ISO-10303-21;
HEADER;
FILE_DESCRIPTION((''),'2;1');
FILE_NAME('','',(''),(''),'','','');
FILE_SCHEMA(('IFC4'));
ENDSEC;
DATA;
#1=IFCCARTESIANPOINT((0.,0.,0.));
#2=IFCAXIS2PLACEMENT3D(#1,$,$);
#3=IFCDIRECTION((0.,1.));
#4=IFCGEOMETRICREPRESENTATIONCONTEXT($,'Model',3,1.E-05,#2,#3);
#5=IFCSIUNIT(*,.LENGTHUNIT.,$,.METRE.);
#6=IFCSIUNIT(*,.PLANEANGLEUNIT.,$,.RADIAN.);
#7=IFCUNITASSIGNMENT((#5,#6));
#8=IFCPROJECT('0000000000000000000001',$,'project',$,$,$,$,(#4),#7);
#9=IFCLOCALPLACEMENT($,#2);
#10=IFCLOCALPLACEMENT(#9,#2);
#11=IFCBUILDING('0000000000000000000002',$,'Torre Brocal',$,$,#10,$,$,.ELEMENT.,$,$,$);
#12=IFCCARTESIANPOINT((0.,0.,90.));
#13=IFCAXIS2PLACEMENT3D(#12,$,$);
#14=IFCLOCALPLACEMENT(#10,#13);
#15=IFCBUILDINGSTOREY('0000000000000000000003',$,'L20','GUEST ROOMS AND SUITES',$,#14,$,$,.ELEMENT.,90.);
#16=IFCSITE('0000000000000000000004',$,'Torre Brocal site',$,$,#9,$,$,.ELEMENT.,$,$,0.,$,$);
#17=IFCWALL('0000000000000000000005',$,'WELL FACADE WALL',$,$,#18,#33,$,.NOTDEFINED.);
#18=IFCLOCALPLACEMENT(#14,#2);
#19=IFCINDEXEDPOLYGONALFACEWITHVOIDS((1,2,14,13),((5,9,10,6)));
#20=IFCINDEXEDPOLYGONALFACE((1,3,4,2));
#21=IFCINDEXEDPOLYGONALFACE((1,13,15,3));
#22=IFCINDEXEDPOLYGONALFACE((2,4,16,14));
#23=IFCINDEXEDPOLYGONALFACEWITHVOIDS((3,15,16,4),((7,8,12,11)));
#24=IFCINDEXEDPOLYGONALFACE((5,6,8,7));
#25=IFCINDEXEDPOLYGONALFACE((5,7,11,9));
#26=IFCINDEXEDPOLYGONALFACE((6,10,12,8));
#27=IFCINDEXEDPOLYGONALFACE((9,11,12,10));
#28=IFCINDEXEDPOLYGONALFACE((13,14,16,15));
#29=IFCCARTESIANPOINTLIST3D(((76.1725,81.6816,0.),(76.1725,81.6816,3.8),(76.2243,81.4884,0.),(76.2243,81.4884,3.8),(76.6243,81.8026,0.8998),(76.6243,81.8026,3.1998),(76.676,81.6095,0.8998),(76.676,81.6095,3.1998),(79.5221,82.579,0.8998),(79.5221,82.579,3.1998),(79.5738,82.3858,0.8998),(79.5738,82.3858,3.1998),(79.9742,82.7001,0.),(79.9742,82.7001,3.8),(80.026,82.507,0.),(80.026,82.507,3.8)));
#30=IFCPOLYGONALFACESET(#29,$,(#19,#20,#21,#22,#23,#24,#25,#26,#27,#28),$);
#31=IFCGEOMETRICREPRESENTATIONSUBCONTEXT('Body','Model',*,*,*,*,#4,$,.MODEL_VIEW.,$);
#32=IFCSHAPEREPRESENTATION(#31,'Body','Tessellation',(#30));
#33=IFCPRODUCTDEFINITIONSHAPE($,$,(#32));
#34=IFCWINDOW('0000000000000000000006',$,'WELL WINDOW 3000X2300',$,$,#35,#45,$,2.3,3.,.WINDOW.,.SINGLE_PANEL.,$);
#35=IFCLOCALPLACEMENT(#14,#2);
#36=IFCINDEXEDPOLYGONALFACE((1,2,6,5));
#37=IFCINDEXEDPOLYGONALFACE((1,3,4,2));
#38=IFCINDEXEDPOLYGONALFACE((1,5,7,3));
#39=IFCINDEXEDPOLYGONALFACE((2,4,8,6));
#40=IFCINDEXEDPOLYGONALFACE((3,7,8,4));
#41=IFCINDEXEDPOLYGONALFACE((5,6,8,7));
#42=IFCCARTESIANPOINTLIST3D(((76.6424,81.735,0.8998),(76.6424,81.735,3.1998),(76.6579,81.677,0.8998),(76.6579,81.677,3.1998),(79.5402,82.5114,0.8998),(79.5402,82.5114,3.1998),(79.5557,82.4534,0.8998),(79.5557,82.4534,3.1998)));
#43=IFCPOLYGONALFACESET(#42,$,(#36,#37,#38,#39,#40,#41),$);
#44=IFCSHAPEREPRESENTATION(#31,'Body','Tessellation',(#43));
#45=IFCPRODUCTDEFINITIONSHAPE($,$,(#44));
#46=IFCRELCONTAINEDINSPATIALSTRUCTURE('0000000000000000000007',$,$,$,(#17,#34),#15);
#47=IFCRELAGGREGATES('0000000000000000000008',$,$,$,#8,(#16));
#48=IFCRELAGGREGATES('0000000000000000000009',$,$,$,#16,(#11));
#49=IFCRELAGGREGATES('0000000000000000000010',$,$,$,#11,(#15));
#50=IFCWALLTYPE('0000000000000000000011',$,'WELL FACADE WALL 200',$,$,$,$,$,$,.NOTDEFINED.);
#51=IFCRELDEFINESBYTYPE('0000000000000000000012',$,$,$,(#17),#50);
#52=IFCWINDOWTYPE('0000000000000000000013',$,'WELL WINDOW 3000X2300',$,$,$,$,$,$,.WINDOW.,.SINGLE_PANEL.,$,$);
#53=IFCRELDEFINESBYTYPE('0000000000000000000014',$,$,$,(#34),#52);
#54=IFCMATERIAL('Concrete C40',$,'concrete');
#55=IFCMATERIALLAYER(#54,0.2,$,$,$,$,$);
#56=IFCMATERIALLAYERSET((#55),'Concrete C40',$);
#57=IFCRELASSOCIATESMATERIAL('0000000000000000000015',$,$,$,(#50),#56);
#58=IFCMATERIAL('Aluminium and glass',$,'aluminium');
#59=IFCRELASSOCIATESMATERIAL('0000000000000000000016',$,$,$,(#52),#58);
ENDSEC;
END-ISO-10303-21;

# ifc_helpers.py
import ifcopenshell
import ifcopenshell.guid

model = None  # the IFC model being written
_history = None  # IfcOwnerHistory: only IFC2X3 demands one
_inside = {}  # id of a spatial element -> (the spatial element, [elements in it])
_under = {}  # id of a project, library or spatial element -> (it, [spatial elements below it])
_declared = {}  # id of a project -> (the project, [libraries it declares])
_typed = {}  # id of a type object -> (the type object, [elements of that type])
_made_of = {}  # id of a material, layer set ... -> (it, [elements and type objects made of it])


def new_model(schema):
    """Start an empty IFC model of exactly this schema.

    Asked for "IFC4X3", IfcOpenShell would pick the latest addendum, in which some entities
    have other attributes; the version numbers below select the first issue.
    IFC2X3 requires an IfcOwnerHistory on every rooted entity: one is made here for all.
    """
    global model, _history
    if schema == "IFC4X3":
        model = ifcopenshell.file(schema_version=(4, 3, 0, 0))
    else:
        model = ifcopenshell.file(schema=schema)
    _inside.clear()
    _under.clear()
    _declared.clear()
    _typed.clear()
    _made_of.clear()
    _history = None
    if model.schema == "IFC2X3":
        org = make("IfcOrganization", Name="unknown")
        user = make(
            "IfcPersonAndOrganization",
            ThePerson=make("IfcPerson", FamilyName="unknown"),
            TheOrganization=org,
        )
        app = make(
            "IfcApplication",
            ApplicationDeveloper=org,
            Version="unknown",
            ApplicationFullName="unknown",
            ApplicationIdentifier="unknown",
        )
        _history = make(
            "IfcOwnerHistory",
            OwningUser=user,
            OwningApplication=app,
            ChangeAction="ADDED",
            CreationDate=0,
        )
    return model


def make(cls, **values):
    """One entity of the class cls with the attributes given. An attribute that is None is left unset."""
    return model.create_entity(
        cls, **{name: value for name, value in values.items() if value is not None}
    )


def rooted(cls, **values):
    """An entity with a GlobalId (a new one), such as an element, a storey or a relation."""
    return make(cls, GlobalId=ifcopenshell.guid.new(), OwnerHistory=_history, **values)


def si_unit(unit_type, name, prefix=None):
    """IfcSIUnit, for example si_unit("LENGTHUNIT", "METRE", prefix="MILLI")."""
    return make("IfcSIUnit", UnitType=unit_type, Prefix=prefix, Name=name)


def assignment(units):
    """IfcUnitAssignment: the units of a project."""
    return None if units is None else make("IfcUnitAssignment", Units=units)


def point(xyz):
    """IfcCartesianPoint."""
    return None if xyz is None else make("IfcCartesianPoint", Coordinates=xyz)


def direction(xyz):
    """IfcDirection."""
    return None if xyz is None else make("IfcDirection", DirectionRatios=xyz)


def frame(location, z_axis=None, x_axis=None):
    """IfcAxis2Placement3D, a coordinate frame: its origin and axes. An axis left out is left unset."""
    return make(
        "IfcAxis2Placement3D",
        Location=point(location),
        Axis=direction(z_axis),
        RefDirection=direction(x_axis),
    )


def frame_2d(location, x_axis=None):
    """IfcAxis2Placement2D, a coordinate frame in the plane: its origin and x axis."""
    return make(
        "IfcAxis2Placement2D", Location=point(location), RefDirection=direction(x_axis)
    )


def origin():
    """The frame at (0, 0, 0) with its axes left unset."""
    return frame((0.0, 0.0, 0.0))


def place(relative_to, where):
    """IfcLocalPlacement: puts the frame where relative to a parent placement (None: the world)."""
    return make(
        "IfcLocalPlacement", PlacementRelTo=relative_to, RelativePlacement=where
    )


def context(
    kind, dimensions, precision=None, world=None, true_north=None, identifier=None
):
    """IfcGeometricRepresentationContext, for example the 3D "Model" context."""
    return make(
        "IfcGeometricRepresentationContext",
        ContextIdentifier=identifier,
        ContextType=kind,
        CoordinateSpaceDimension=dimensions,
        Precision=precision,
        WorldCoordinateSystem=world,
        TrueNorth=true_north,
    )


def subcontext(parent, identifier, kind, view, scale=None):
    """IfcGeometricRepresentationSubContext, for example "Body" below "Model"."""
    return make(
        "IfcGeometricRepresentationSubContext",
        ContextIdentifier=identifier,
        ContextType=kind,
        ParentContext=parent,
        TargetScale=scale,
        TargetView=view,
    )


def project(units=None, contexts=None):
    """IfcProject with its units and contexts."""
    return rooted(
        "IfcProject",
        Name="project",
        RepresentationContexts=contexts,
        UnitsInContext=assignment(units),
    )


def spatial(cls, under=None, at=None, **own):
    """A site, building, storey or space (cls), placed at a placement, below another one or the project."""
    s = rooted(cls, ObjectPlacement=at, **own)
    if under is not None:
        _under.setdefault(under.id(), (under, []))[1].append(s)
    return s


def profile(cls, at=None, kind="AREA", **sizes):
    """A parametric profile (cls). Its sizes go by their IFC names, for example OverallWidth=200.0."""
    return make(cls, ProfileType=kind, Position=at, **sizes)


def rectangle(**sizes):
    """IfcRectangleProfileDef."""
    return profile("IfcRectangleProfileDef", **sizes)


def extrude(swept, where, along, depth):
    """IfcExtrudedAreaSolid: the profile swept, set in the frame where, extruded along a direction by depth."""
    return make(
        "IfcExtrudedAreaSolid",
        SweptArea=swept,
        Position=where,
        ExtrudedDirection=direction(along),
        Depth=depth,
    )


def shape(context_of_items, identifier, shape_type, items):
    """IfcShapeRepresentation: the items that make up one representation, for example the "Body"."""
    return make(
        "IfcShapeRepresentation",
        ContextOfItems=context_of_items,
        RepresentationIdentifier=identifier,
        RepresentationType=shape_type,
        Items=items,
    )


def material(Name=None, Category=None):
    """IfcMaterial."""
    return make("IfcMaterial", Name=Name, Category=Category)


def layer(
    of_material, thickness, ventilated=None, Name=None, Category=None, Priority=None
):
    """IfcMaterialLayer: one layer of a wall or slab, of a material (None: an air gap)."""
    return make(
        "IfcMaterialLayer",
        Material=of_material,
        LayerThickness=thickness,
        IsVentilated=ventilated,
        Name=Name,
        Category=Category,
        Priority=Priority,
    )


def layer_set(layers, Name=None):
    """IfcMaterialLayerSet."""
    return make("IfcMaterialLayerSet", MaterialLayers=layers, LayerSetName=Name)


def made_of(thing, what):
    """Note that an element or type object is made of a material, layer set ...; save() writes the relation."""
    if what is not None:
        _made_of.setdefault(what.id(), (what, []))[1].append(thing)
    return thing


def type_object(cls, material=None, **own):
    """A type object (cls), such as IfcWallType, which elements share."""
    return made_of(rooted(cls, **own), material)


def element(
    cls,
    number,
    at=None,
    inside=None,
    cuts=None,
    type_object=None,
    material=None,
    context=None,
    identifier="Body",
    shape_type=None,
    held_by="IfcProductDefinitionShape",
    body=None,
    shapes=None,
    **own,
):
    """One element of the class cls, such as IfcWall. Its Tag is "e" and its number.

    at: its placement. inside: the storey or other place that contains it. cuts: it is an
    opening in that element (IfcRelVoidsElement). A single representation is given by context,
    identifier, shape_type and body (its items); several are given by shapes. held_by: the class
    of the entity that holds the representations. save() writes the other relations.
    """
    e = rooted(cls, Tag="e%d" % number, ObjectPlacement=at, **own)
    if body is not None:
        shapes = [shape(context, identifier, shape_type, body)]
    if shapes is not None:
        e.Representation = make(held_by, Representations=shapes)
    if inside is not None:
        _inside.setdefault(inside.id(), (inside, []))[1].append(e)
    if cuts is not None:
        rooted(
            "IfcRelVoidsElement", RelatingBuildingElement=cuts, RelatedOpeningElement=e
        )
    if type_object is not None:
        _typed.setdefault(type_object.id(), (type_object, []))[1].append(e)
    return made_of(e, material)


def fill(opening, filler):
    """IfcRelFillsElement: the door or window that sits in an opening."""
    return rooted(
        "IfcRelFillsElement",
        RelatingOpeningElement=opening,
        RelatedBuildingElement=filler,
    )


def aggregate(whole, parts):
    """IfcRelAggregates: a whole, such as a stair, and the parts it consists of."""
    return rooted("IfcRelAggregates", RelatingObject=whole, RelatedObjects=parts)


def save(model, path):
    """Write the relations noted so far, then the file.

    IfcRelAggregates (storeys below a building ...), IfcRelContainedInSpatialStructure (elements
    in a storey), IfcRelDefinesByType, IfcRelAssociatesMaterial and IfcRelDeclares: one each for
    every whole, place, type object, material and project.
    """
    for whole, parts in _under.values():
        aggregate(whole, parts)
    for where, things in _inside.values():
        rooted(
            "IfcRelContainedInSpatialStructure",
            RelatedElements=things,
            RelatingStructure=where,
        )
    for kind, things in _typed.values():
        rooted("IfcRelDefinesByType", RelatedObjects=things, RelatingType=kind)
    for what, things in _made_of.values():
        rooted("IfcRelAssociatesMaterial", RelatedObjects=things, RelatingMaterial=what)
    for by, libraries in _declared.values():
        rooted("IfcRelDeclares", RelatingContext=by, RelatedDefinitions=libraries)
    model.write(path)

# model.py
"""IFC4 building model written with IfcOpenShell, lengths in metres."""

from ifc_helpers import new_model, si_unit, direction, frame, frame_2d, origin, place, context, subcontext, project, spatial, rectangle, extrude, material, layer, layer_set, type_object, element, fill, save


model = new_model("IFC4")

# Units and contexts
model_context = context("Model", 3, precision=1e-05, world=origin(), true_north=direction((0.0, 1.0)))
body_context = subcontext(model_context, "Body", "Model", "MODEL_VIEW")
ifc_project = project(units=[si_unit("LENGTHUNIT", "METRE"), si_unit("PLANEANGLEUNIT", "RADIAN")], contexts=[model_context])

# Site, building, storey
site_placement = place(None, origin())
site = spatial("IfcSite", under=ifc_project, at=site_placement, Name="Torre Brocal site", CompositionType="ELEMENT", RefElevation=0.0)
building_placement = place(site_placement, origin())
building = spatial("IfcBuilding", under=site, at=building_placement, Name="Torre Brocal", CompositionType="ELEMENT")
storey_placement = place(building_placement, frame((0.0, 0.0, 90.0)))
storey = spatial("IfcBuildingStorey", under=building, at=storey_placement, Name="L20", Description="GUEST ROOMS AND SUITES", CompositionType="ELEMENT", Elevation=90.0)

# Wall, opening, window
ifc_material_1 = material(Name="Concrete C40", Category="concrete")
ifc_layer_1 = layer(ifc_material_1, 0.2)
ifc_layer_set_1 = layer_set([ifc_layer_1], Name="Concrete C40")
wall_type_1 = type_object("IfcWallType", Name="WELL FACADE WALL 200", PredefinedType="NOTDEFINED", material=ifc_layer_set_1)
wall_1_placement = place(storey_placement, frame((80.0, 82.6035, 0.0), z_axis=(0.0, 0.0, 1.0), x_axis=(-0.965934, -0.25879, 0.0)))
wall_1 = element("IfcWall", 1, at=wall_1_placement, inside=storey, type_object=wall_type_1, Name="WELL FACADE WALL", PredefinedType="NOTDEFINED", context=body_context, shape_type="SweptSolid", body=[
    extrude(rectangle(XDim=3.9358, YDim=0.2, at=frame_2d((1.9678, 0.0))), origin(), (0.0, 0.0, 1.0), 3.8),
])
opening_1_placement = place(wall_1_placement, frame((0.468, 0.0, 0.8999)))
opening_1 = element("IfcOpeningElement", 2, at=opening_1_placement, cuts=wall_1, PredefinedType="OPENING", context=body_context, shape_type="SweptSolid", body=[
    extrude(rectangle(XDim=3.0, YDim=2.3, at=frame_2d((1.5, 1.1499))), frame((0.0, 0.1099, 0.0), z_axis=(0.0, -1.0, 0.0), x_axis=(1.0, 0.0, 0.0)), (0.0, 0.0, 1.0), 0.22),
])
ifc_material_2 = material(Name="Aluminium and glass", Category="aluminium")
window_type = type_object("IfcWindowType", Name="WELL WINDOW 3000X2300", PartitioningType="SINGLE_PANEL", PredefinedType="WINDOW", material=ifc_material_2)
window_placement = place(opening_1_placement, origin())
window = element("IfcWindow", 3, at=window_placement, inside=storey, type_object=window_type, Name="WELL WINDOW 3000X2300", OverallHeight=2.3, OverallWidth=3.0, PartitioningType="SINGLE_PANEL", PredefinedType="WINDOW", context=body_context, shape_type="SweptSolid", body=[
    extrude(rectangle(XDim=3.0, YDim=2.3, at=frame_2d((1.5, 1.1499))), frame((0.0, 0.03, 0.0), z_axis=(0.0, -1.0, 0.0), x_axis=(1.0, 0.0, 0.0)), (0.0, 0.0, 1.0), 0.0601),
])
fill(opening_1, window)

save(model, "model.ifc")
